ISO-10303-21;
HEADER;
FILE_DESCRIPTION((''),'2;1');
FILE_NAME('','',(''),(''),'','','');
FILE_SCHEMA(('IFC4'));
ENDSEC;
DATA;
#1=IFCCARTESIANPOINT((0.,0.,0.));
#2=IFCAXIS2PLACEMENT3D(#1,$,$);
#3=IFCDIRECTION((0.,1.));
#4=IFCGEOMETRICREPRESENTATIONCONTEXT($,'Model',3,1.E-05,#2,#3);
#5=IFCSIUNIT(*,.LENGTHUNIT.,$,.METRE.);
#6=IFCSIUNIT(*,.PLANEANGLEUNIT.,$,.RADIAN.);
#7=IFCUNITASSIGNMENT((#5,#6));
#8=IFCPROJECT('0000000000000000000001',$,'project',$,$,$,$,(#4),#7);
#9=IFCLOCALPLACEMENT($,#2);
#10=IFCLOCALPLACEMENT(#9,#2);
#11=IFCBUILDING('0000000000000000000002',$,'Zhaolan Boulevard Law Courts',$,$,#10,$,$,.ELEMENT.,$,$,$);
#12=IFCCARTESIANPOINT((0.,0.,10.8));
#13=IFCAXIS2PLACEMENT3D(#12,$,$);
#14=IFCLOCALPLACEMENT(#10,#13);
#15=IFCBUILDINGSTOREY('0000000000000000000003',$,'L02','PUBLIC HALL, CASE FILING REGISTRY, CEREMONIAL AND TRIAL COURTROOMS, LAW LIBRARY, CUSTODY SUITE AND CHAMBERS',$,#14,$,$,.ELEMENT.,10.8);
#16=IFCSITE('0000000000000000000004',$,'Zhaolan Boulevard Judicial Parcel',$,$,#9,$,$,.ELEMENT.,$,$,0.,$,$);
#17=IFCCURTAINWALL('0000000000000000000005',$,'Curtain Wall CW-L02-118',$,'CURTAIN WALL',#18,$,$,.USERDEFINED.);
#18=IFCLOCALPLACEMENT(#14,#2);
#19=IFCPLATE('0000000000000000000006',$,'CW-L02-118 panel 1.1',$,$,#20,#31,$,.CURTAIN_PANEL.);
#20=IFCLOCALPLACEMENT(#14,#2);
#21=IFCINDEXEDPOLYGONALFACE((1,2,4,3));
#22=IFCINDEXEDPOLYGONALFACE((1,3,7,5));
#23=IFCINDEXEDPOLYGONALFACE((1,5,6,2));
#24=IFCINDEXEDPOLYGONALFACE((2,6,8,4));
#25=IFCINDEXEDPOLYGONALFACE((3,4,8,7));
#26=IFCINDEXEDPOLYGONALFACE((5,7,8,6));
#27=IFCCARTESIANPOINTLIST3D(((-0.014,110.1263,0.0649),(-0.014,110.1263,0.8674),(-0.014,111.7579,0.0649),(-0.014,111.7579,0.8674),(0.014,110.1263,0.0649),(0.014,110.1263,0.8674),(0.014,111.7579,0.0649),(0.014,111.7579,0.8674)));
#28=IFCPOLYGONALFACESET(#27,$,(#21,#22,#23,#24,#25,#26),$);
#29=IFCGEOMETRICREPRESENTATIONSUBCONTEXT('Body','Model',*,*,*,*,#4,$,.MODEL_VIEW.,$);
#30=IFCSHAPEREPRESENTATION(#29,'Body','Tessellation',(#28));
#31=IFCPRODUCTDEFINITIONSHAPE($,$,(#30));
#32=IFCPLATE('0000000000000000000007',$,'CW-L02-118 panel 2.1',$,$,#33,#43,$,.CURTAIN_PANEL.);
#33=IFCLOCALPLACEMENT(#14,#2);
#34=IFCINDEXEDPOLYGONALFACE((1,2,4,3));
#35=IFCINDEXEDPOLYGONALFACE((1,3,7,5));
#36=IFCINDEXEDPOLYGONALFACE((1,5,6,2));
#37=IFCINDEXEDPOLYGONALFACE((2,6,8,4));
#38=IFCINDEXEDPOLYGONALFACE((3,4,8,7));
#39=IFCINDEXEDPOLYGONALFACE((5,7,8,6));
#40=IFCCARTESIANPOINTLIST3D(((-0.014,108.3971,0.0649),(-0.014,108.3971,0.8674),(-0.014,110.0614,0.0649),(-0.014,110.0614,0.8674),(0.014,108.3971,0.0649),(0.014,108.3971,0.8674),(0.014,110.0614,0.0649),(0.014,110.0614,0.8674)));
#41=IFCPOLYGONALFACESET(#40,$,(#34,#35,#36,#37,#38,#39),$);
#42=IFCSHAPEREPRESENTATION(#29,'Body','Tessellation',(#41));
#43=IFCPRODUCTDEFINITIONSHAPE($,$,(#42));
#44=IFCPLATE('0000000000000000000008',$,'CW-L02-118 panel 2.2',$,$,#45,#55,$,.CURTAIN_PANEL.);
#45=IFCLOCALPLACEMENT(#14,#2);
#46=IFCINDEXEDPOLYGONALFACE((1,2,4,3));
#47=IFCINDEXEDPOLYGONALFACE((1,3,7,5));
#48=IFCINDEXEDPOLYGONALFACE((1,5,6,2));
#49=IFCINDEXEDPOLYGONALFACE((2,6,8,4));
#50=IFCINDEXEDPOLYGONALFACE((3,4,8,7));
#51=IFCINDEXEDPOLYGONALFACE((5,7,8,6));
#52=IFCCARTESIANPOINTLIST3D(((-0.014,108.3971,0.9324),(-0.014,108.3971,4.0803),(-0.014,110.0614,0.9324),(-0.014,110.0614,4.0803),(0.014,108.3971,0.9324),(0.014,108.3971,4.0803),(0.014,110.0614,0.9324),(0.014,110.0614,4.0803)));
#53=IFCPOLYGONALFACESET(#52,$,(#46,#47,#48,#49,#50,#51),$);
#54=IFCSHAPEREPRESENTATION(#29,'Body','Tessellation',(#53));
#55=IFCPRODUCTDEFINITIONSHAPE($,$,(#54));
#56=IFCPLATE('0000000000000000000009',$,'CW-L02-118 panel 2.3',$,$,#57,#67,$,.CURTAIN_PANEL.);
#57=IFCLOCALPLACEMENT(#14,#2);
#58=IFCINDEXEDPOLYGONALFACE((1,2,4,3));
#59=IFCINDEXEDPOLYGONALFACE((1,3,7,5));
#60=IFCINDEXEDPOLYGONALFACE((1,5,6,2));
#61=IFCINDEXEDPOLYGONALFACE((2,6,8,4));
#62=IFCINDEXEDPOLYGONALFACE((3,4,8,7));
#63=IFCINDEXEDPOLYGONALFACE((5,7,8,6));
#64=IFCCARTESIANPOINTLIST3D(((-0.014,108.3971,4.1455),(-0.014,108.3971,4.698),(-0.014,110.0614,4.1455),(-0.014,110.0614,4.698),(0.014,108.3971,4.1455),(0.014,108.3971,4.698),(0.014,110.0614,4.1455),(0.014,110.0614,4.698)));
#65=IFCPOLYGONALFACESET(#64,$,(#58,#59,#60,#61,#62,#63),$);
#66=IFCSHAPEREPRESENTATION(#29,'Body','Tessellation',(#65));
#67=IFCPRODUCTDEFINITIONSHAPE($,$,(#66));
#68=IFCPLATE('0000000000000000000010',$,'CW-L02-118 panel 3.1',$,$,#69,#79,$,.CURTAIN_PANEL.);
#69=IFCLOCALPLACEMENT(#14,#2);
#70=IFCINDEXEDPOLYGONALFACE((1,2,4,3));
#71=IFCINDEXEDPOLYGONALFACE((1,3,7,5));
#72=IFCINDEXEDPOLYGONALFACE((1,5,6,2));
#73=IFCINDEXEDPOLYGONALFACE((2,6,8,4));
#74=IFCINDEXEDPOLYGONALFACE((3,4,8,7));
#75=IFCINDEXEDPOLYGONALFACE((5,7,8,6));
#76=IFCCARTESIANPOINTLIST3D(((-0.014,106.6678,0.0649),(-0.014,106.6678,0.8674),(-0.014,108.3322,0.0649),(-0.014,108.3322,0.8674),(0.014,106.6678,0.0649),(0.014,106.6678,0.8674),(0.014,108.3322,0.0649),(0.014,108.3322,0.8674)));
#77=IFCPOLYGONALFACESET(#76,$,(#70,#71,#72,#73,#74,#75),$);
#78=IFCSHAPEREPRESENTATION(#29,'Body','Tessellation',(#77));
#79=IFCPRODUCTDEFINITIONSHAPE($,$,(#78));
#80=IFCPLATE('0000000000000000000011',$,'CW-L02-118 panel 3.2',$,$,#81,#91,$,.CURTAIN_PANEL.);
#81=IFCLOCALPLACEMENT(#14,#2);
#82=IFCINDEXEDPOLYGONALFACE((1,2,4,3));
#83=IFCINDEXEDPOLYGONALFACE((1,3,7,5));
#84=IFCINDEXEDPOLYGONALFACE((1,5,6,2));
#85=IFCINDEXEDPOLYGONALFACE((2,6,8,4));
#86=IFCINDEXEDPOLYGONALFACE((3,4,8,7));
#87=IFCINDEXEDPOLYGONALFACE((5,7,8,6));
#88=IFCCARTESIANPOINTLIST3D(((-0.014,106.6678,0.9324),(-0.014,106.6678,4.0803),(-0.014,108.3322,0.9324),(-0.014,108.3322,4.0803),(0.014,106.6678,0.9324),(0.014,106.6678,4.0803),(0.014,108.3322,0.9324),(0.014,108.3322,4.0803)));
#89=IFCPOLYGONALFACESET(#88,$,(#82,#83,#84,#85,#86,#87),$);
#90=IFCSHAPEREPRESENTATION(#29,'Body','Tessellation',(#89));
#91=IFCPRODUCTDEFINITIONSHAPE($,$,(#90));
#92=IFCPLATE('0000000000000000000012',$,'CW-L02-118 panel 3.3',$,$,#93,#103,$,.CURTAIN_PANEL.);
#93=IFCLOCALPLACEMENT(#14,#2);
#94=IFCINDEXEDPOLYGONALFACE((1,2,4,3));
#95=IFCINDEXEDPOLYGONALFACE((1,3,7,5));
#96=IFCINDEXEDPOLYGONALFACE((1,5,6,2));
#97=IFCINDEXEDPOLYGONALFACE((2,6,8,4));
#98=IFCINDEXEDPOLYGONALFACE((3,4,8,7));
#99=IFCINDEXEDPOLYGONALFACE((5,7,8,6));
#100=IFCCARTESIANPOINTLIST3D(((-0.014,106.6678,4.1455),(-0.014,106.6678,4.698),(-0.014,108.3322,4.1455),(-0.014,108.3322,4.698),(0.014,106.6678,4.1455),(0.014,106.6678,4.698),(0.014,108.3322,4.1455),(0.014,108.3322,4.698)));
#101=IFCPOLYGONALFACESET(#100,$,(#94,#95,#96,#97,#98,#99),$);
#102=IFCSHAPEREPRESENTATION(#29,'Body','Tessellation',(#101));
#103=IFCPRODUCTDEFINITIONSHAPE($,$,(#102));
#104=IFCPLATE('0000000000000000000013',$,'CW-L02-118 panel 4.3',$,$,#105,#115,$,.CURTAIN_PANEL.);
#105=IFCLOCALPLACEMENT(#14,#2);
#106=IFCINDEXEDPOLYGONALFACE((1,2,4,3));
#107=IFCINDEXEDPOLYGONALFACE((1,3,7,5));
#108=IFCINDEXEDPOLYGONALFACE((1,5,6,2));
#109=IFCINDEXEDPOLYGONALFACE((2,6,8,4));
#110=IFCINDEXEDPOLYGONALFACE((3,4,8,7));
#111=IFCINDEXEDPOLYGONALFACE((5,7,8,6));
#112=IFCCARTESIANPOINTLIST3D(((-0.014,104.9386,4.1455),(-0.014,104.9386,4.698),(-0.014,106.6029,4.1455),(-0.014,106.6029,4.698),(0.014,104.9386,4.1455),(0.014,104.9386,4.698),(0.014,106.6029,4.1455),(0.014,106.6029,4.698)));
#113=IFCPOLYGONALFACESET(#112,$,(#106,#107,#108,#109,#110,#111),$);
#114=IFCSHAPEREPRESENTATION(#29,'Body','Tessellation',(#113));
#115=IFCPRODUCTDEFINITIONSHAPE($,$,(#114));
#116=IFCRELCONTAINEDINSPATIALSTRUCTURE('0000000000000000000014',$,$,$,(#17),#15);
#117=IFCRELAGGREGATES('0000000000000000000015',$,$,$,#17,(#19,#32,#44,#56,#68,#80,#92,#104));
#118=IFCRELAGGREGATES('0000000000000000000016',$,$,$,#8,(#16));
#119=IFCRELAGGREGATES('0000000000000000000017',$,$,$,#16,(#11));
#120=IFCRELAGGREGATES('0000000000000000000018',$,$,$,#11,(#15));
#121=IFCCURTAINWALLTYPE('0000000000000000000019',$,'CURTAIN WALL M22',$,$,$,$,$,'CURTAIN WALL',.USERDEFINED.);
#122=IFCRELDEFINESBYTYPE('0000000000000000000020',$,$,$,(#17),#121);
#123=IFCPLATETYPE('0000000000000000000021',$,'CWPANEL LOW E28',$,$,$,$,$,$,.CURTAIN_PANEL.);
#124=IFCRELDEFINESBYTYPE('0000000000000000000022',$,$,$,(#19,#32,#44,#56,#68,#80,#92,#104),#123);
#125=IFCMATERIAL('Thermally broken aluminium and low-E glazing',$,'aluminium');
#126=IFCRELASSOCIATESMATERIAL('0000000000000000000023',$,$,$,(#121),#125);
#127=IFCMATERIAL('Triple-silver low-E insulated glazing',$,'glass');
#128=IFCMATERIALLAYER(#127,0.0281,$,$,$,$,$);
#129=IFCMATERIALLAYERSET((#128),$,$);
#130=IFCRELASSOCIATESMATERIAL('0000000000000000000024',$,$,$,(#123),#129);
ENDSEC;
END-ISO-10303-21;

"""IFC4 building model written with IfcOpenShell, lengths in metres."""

from ifc_helpers import new_model, si_unit, direction, frame, origin, origin_2d, place, context, subcontext, project, spatial, rectangle, extrude, material, layer, layer_set, type_object, element, aggregate, save


model = new_model("IFC4")

# Units and contexts
model_context = context("Model", 3, precision=1e-05, world=origin(), true_north=direction((0.0, 1.0)))
body_context = subcontext(model_context, "Body", "Model", "MODEL_VIEW")
ifc_project = project(units=[si_unit("LENGTHUNIT", "METRE"), si_unit("PLANEANGLEUNIT", "RADIAN")], contexts=[model_context])

# Site, building, storey
site_placement = place(None, origin())
site = spatial("IfcSite", under=ifc_project, at=site_placement, Name="Zhaolan Boulevard Judicial Parcel", CompositionType="ELEMENT", RefElevation=0.0)
building_placement = place(site_placement, origin())
building = spatial("IfcBuilding", under=site, at=building_placement, Name="Zhaolan Boulevard Law Courts", CompositionType="ELEMENT")
storey_placement = place(building_placement, frame((0.0, 0.0, 10.8)))
storey = spatial("IfcBuildingStorey", under=building, at=storey_placement, Name="L02", Description="PUBLIC HALL, CASE FILING REGISTRY, CEREMONIAL AND TRIAL COURTROOMS, LAW LIBRARY, CUSTODY SUITE AND CHAMBERS", CompositionType="ELEMENT", Elevation=10.8)

# Curtain wall, plates
ifc_material_1 = material(Name="Thermally broken aluminium and low-E glazing", Category="aluminium")
curtain_wall_type = type_object("IfcCurtainWallType", Name="CURTAIN WALL M22", ElementType="CURTAIN WALL", PredefinedType="USERDEFINED", material=ifc_material_1)
curtain_wall_placement = place(storey_placement, origin())
curtain_wall = element("IfcCurtainWall", 1, at=curtain_wall_placement, inside=storey, type_object=curtain_wall_type, Name="Curtain Wall CW-L02-118", ObjectType="CURTAIN WALL", PredefinedType="USERDEFINED")
ifc_material_2 = material(Name="Triple-silver low-E insulated glazing", Category="glass")
ifc_layer = layer(ifc_material_2, 0.0281)
ifc_layer_set = layer_set([ifc_layer])
plate_type = type_object("IfcPlateType", Name="CWPANEL LOW E28", PredefinedType="CURTAIN_PANEL", material=ifc_layer_set)
plate_1_placement = place(storey_placement, frame((0.0, 110.9421, 0.0649), z_axis=(0.0, 0.0, 1.0), x_axis=(0.0, -1.0, 0.0)))
plate_1 = element("IfcPlate", 2, at=plate_1_placement, type_object=plate_type, Name="CW-L02-118 panel 1.1", PredefinedType="CURTAIN_PANEL", context=body_context, shape_type="SweptSolid", body=[
    extrude(rectangle(XDim=1.6316, YDim=0.0281, at=origin_2d()), origin(), (0.0, 0.0, 1.0), 0.8025),
])
plate_2_placement = place(storey_placement, frame((0.0, 109.2292, 0.0649), z_axis=(0.0, 0.0, 1.0), x_axis=(0.0, -1.0, 0.0)))
plate_2 = element("IfcPlate", 3, at=plate_2_placement, type_object=plate_type, Name="CW-L02-118 panel 2.1", PredefinedType="CURTAIN_PANEL", context=body_context, shape_type="SweptSolid", body=[
    extrude(rectangle(XDim=1.6643, YDim=0.0281, at=origin_2d()), origin(), (0.0, 0.0, 1.0), 0.8025),
])
plate_3_placement = place(storey_placement, frame((0.0, 109.2292, 0.9324), z_axis=(0.0, 0.0, 1.0), x_axis=(0.0, -1.0, 0.0)))
plate_3 = element("IfcPlate", 4, at=plate_3_placement, type_object=plate_type, Name="CW-L02-118 panel 2.2", PredefinedType="CURTAIN_PANEL", context=body_context, shape_type="SweptSolid", body=[
    extrude(rectangle(XDim=1.6643, YDim=0.0281, at=origin_2d()), origin(), (0.0, 0.0, 1.0), 3.1479),
])
plate_4_placement = place(storey_placement, frame((0.0, 109.2292, 4.1455), z_axis=(0.0, 0.0, 1.0), x_axis=(0.0, -1.0, 0.0)))
plate_4 = element("IfcPlate", 5, at=plate_4_placement, type_object=plate_type, Name="CW-L02-118 panel 2.3", PredefinedType="CURTAIN_PANEL", context=body_context, shape_type="SweptSolid", body=[
    extrude(rectangle(XDim=1.6643, YDim=0.0281, at=origin_2d()), origin(), (0.0, 0.0, 1.0), 0.5525),
])
plate_5_placement = place(storey_placement, frame((0.0, 107.5, 0.0649), z_axis=(0.0, 0.0, 1.0), x_axis=(0.0, -1.0, 0.0)))
plate_5 = element("IfcPlate", 6, at=plate_5_placement, type_object=plate_type, Name="CW-L02-118 panel 3.1", PredefinedType="CURTAIN_PANEL", context=body_context, shape_type="SweptSolid", body=[
    extrude(rectangle(XDim=1.6643, YDim=0.0281, at=origin_2d()), origin(), (0.0, 0.0, 1.0), 0.8025),
])
plate_6_placement = place(storey_placement, frame((0.0, 107.5, 0.9324), z_axis=(0.0, 0.0, 1.0), x_axis=(0.0, -1.0, 0.0)))
plate_6 = element("IfcPlate", 7, at=plate_6_placement, type_object=plate_type, Name="CW-L02-118 panel 3.2", PredefinedType="CURTAIN_PANEL", context=body_context, shape_type="SweptSolid", body=[
    extrude(rectangle(XDim=1.6643, YDim=0.0281, at=origin_2d()), origin(), (0.0, 0.0, 1.0), 3.1479),
])
plate_7_placement = place(storey_placement, frame((0.0, 107.5, 4.1455), z_axis=(0.0, 0.0, 1.0), x_axis=(0.0, -1.0, 0.0)))
plate_7 = element("IfcPlate", 8, at=plate_7_placement, type_object=plate_type, Name="CW-L02-118 panel 3.3", PredefinedType="CURTAIN_PANEL", context=body_context, shape_type="SweptSolid", body=[
    extrude(rectangle(XDim=1.6643, YDim=0.0281, at=origin_2d()), origin(), (0.0, 0.0, 1.0), 0.5525),
])
plate_8_placement = place(storey_placement, frame((0.0, 105.7708, 4.1455), z_axis=(0.0, 0.0, 1.0), x_axis=(0.0, -1.0, 0.0)))
plate_8 = element("IfcPlate", 9, at=plate_8_placement, type_object=plate_type, Name="CW-L02-118 panel 4.3", PredefinedType="CURTAIN_PANEL", context=body_context, shape_type="SweptSolid", body=[
    extrude(rectangle(XDim=1.6643, YDim=0.0281, at=origin_2d()), origin(), (0.0, 0.0, 1.0), 0.5525),
])
aggregate(curtain_wall, [plate_1, plate_2, plate_3, plate_4, plate_5, plate_6, plate_7, plate_8])

save(model, "model.ifc")
